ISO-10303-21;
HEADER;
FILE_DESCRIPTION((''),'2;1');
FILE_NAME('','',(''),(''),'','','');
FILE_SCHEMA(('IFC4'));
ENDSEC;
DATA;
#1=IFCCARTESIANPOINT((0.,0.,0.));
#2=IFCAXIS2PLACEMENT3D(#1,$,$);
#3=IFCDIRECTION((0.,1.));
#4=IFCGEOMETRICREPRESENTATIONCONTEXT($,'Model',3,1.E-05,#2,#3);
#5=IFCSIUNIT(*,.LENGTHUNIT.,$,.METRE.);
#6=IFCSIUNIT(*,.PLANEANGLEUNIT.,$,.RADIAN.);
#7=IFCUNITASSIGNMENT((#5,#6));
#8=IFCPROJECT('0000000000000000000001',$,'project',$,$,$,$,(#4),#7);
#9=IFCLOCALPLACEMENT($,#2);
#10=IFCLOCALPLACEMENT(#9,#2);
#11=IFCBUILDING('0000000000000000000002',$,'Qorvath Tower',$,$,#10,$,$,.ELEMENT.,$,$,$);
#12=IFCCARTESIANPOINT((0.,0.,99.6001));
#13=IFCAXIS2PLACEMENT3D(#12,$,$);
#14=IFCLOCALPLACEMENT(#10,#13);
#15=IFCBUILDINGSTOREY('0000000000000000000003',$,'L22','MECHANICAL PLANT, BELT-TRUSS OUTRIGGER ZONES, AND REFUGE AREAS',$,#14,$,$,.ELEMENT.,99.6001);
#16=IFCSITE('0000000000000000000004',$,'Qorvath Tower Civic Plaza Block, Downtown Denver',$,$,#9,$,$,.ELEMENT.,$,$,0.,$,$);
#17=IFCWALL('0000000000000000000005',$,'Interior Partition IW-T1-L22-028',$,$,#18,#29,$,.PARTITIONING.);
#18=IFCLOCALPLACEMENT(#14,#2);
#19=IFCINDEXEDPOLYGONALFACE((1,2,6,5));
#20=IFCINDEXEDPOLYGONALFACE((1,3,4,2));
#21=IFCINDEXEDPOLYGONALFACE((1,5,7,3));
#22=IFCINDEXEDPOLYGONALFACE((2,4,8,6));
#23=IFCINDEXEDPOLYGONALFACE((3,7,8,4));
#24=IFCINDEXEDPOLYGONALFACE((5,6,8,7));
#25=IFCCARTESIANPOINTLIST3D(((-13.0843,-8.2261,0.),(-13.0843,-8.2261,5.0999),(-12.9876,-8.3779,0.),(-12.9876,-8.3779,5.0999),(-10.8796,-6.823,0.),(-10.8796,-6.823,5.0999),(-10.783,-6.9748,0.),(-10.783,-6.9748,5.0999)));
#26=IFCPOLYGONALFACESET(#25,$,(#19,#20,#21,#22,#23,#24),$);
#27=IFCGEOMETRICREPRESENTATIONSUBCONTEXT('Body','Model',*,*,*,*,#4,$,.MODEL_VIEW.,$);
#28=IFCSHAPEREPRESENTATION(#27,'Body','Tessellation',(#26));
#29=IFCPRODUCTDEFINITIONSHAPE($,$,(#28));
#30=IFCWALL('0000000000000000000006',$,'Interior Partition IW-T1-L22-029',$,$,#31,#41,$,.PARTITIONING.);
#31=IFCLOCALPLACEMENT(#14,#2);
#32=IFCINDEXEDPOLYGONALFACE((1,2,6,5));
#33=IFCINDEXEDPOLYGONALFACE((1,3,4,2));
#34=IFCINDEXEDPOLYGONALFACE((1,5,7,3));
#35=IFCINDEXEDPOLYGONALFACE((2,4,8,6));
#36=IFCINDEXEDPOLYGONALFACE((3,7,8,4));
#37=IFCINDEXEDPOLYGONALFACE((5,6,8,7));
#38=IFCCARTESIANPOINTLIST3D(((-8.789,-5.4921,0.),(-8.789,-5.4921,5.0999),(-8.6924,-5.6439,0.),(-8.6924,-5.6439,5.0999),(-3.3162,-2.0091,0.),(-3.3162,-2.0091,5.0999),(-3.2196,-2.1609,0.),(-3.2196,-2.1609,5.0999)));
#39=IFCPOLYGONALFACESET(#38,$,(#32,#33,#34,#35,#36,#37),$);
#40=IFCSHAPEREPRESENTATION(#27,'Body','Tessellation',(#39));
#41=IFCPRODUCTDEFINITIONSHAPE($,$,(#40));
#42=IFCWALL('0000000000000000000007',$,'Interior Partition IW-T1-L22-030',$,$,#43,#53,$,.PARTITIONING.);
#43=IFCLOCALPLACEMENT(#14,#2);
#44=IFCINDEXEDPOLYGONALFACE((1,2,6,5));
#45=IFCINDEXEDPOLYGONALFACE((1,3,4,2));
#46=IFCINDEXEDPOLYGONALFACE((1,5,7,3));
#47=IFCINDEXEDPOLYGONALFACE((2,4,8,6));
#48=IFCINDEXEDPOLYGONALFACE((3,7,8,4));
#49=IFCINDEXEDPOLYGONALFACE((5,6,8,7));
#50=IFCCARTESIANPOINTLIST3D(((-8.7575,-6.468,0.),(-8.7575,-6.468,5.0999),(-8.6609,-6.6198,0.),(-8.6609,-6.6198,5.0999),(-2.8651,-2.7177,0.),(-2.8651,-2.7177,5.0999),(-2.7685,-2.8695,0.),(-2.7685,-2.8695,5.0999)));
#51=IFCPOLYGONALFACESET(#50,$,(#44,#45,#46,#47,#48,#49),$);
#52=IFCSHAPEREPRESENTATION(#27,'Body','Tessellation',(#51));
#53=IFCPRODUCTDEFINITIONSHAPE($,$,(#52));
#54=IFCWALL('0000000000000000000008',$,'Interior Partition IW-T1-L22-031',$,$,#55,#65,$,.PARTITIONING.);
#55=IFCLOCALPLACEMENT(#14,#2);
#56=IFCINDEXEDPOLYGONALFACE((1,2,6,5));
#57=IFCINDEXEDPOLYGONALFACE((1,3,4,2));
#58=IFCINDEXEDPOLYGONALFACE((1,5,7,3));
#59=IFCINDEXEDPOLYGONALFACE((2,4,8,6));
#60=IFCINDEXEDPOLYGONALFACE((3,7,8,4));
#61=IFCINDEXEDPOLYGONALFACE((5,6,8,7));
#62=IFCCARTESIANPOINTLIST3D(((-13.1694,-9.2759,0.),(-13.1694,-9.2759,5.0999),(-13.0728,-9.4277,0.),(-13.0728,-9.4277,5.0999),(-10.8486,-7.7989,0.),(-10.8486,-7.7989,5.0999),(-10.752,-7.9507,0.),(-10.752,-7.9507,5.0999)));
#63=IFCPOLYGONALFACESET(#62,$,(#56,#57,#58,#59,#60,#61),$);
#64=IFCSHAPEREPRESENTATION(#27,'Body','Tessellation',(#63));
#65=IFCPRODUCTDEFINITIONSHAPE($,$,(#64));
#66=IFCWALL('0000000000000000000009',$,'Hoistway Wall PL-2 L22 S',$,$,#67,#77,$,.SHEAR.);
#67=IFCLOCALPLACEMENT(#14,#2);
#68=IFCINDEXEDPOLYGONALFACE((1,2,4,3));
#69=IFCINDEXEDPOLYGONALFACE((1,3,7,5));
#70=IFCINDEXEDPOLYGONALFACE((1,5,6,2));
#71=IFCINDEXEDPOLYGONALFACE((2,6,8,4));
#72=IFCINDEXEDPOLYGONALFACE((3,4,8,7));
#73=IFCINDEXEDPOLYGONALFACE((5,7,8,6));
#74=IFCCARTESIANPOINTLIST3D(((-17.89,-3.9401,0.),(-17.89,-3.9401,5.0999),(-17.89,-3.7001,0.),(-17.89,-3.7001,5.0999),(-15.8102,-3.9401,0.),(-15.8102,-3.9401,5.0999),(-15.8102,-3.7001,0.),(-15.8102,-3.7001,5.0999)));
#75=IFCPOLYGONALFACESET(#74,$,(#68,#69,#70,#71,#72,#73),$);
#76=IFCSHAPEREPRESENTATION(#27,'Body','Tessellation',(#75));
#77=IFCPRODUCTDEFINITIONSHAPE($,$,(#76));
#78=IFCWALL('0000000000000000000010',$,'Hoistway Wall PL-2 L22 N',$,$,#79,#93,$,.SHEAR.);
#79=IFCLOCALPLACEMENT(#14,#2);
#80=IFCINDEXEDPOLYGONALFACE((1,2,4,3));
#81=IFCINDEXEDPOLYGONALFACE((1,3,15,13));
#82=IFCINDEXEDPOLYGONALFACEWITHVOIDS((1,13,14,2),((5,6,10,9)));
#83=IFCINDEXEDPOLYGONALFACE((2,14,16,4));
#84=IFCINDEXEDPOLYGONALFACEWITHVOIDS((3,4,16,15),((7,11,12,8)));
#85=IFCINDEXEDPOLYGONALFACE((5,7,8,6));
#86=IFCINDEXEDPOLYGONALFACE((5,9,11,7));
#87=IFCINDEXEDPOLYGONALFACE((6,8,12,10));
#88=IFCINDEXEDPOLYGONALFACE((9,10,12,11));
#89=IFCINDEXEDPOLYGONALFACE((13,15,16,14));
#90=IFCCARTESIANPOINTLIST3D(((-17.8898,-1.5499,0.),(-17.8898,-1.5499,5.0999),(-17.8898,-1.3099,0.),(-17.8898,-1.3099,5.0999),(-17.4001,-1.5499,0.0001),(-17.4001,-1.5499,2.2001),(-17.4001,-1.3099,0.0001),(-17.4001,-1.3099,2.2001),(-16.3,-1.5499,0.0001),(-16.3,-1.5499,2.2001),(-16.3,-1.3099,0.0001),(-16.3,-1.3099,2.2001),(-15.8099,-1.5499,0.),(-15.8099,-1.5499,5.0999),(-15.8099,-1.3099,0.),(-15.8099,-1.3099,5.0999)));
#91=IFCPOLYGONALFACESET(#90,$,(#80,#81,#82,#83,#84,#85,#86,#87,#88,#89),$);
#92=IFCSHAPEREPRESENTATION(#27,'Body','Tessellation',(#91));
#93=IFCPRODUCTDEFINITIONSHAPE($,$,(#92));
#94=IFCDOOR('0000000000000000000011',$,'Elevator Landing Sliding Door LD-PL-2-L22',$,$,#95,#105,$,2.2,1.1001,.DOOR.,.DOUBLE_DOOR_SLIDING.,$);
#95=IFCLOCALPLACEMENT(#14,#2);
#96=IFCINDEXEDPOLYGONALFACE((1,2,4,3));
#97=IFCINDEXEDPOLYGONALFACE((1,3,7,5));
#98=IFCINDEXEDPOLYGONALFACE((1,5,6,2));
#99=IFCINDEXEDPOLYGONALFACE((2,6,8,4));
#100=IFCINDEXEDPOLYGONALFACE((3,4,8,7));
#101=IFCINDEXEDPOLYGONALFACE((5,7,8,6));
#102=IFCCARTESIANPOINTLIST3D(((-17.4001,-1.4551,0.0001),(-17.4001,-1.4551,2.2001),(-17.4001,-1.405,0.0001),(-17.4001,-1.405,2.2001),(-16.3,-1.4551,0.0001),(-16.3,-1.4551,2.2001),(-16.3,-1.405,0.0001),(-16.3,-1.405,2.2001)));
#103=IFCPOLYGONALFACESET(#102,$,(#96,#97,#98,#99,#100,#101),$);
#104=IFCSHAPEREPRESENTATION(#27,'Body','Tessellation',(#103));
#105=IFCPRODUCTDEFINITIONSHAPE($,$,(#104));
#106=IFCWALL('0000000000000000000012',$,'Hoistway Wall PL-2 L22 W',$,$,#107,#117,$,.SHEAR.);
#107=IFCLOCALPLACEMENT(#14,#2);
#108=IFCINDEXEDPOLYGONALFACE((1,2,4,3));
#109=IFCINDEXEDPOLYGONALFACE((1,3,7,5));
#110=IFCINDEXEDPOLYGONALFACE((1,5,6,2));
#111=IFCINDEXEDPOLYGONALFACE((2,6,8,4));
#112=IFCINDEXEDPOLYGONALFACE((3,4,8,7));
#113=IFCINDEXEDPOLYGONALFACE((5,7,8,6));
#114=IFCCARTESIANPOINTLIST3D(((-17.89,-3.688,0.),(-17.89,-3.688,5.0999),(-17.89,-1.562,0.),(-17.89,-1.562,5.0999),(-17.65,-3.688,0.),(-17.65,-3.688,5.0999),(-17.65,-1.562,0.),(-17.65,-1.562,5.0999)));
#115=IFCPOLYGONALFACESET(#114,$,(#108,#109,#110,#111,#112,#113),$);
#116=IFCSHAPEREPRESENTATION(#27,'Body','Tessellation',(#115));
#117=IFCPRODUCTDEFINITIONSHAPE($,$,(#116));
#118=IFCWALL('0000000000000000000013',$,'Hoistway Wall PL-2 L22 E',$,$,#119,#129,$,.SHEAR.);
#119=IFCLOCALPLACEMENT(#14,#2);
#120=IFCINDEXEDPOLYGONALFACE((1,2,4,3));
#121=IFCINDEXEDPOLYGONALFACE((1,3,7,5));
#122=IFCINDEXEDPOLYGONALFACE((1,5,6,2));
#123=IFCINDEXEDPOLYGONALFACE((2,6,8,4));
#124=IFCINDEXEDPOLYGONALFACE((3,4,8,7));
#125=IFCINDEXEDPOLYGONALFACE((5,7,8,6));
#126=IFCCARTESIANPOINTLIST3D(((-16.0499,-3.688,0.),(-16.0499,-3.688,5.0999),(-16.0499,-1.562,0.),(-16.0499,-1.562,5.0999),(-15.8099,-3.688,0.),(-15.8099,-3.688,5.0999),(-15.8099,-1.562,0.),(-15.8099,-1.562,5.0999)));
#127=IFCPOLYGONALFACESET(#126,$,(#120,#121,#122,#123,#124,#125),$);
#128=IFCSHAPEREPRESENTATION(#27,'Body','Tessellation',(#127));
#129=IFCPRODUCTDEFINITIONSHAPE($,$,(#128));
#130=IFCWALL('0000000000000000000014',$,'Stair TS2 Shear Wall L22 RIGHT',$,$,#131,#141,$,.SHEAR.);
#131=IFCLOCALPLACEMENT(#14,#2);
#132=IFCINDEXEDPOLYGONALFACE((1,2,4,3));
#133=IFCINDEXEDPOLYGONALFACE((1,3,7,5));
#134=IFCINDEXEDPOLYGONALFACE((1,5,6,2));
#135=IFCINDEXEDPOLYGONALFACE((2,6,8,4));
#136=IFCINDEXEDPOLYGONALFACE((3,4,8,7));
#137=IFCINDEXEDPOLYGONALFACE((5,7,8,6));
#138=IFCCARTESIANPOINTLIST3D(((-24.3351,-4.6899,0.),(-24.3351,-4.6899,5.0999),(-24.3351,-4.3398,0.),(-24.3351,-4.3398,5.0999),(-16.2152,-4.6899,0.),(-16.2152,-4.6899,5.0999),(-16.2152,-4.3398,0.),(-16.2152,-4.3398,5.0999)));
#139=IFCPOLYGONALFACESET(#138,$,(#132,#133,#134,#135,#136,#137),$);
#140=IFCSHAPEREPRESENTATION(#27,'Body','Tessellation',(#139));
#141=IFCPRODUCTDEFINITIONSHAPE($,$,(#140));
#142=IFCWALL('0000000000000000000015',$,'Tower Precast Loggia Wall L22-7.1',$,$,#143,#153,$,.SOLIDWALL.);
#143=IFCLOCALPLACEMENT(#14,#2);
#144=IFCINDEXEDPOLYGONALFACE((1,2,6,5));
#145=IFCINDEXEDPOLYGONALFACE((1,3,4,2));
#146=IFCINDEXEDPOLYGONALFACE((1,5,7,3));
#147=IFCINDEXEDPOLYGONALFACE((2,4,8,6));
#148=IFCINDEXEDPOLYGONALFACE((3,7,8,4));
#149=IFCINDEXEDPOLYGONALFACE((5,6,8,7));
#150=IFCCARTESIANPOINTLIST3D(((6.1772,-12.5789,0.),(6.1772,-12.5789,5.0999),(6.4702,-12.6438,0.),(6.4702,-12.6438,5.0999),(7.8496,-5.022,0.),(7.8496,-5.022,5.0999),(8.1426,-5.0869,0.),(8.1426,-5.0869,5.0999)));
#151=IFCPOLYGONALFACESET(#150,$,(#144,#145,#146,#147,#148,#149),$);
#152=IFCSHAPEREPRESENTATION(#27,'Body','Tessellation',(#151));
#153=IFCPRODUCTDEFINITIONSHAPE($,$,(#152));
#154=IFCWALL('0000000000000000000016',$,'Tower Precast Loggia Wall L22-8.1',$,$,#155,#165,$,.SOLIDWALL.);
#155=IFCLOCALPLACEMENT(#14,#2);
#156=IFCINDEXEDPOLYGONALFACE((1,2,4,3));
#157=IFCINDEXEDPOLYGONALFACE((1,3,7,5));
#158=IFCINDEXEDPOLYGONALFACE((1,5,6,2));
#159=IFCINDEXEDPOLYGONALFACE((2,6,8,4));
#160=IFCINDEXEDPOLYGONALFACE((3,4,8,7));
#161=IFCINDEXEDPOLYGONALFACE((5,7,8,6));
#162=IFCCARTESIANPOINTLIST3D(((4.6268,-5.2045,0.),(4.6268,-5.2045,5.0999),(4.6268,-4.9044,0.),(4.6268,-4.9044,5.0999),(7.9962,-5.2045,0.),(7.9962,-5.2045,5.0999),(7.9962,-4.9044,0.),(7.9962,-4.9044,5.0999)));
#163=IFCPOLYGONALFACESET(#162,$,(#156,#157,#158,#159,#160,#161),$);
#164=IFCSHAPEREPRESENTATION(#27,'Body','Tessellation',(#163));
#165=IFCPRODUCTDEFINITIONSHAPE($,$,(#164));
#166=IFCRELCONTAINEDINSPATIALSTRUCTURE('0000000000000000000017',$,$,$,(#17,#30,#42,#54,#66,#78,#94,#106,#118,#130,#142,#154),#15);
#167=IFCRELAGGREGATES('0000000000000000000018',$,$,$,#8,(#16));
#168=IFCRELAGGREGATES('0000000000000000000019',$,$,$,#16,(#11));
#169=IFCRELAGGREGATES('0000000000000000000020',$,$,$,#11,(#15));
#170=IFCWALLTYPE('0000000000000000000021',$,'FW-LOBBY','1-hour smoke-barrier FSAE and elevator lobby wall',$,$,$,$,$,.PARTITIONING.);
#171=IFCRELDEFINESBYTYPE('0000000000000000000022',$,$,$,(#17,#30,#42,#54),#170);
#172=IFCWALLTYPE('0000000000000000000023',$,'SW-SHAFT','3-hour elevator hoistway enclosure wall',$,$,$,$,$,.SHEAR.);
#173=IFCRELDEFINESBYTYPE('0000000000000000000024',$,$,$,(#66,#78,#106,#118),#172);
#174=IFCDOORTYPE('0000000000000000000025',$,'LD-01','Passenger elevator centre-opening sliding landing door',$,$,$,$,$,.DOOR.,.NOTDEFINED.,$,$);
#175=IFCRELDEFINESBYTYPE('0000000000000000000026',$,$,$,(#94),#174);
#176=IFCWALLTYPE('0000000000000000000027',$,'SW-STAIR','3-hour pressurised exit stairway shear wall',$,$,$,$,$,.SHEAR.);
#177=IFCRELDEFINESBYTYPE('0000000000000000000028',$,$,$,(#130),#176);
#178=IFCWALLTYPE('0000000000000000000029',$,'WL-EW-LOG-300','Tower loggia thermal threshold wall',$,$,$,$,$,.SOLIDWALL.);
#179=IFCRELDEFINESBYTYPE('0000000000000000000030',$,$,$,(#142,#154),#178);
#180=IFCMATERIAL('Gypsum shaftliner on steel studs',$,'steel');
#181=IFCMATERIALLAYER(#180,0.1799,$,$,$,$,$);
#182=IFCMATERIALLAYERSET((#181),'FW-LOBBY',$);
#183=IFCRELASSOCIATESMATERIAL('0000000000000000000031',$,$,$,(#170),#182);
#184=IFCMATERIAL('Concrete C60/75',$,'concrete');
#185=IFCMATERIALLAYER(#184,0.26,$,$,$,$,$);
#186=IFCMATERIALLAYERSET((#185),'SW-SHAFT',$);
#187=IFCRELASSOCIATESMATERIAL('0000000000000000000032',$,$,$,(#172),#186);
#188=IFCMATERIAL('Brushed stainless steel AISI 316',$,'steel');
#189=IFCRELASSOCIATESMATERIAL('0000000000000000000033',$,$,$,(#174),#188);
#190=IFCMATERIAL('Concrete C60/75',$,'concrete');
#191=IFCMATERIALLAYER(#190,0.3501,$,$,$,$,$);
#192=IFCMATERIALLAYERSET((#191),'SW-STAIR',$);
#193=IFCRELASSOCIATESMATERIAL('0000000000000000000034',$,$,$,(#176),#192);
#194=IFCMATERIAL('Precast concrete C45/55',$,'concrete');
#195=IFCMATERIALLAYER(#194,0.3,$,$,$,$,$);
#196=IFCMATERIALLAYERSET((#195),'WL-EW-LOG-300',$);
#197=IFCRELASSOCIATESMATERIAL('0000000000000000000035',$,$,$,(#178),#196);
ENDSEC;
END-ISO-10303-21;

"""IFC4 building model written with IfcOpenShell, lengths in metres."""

from ifc_helpers import new_model, si_unit, direction, frame, frame_2d, origin, place, context, subcontext, project, spatial, rectangle, extrude, material, layer, layer_set, type_object, element, fill, save


model = new_model("IFC4")

# Units and contexts
model_context = context("Model", 3, precision=1e-05, world=origin(), true_north=direction((0.0, 1.0)))
body_context = subcontext(model_context, "Body", "Model", "MODEL_VIEW")
ifc_project = project(units=[si_unit("LENGTHUNIT", "METRE"), si_unit("PLANEANGLEUNIT", "RADIAN")], contexts=[model_context])

# Site, building, storey
site_placement = place(None, origin())
site = spatial("IfcSite", under=ifc_project, at=site_placement, Name="Qorvath Tower Civic Plaza Block, Downtown Denver", CompositionType="ELEMENT", RefElevation=0.0)
building_placement = place(site_placement, origin())
building = spatial("IfcBuilding", under=site, at=building_placement, Name="Qorvath Tower", CompositionType="ELEMENT")
storey_placement = place(building_placement, frame((0.0, 0.0, 99.6001)))
storey = spatial("IfcBuildingStorey", under=building, at=storey_placement, Name="L22", Description="MECHANICAL PLANT, BELT-TRUSS OUTRIGGER ZONES, AND REFUGE AREAS", CompositionType="ELEMENT", Elevation=99.6001)

# Shared definitions
ifc_material_1 = material(Name="Gypsum shaftliner on steel studs", Category="steel")
ifc_layer_1 = layer(ifc_material_1, 0.1799)
ifc_layer_set_1 = layer_set([ifc_layer_1], Name="FW-LOBBY")
wall_type_1 = type_object("IfcWallType", Name="FW-LOBBY", Description="1-hour smoke-barrier FSAE and elevator lobby wall", PredefinedType="PARTITIONING", material=ifc_layer_set_1)

# Walls
wall_1_placement = place(storey_placement, frame((-10.8313, -6.8989, 0.0), z_axis=(0.0, 0.0, 1.0), x_axis=(-0.843635, -0.536918, 0.0)))
element("IfcWall", 1, at=wall_1_placement, inside=storey, type_object=wall_type_1, Name="Interior Partition IW-T1-L22-028", PredefinedType="PARTITIONING", context=body_context, shape_type="SweptSolid", body=[
    extrude(rectangle(XDim=2.6133, YDim=0.1799, at=frame_2d((1.3066, 0.0))), origin(), (0.0, 0.0, 1.0), 5.0999),
])
wall_2_placement = place(storey_placement, frame((-3.2678, -2.085, 0.0), z_axis=(0.0, 0.0, 1.0), x_axis=(-0.84364, -0.53691, 0.0)))
element("IfcWall", 2, at=wall_2_placement, inside=storey, type_object=wall_type_1, Name="Interior Partition IW-T1-L22-029", PredefinedType="PARTITIONING", context=body_context, shape_type="SweptSolid", body=[
    extrude(rectangle(XDim=6.4871, YDim=0.1799, at=frame_2d((3.2437, 0.0))), origin(), (0.0, 0.0, 1.0), 5.0999),
])
wall_3_placement = place(storey_placement, frame((-2.8169, -2.7937, 0.0), z_axis=(0.0, 0.0, 1.0), x_axis=(-0.843624, -0.536934, 0.0)))
element("IfcWall", 3, at=wall_3_placement, inside=storey, type_object=wall_type_1, Name="Interior Partition IW-T1-L22-030", PredefinedType="PARTITIONING", context=body_context, shape_type="SweptSolid", body=[
    extrude(rectangle(XDim=6.9846, YDim=0.1799, at=frame_2d((3.4922, 0.0))), origin(), (0.0, 0.0, 1.0), 5.0999),
])
wall_4_placement = place(storey_placement, frame((-10.8003, -7.8748, 0.0), z_axis=(0.0, 0.0, 1.0), x_axis=(-0.843632, -0.536921, 0.0)))
element("IfcWall", 4, at=wall_4_placement, inside=storey, type_object=wall_type_1, Name="Interior Partition IW-T1-L22-031", PredefinedType="PARTITIONING", context=body_context, shape_type="SweptSolid", body=[
    extrude(rectangle(XDim=2.751, YDim=0.1799, at=frame_2d((1.3755, 0.0))), origin(), (0.0, 0.0, 1.0), 5.0999),
])
ifc_material_2 = material(Name="Concrete C60/75", Category="concrete")
ifc_layer_2 = layer(ifc_material_2, 0.26)
ifc_layer_set_2 = layer_set([ifc_layer_2], Name="SW-SHAFT")
wall_type_2 = type_object("IfcWallType", Name="SW-SHAFT", Description="3-hour elevator hoistway enclosure wall", PredefinedType="SHEAR", material=ifc_layer_set_2)
wall_5_placement = place(storey_placement, frame((-15.8101, -3.8201, 0.0), z_axis=(0.0, 0.0, 1.0), x_axis=(-1.0, 0.0, 0.0)))
element("IfcWall", 5, at=wall_5_placement, inside=storey, type_object=wall_type_2, Name="Hoistway Wall PL-2 L22 S", PredefinedType="SHEAR", context=body_context, shape_type="SweptSolid", body=[
    extrude(rectangle(XDim=2.0798, YDim=0.24, at=frame_2d((1.04, 0.0))), origin(), (0.0, 0.0, 1.0), 5.0999),
])

# Wall, opening, door
wall_6_placement = place(storey_placement, frame((-17.8899, -1.4299, 0.0), z_axis=(0.0, 0.0, 1.0), x_axis=(1.0, 0.0, 0.0)))
wall_6 = element("IfcWall", 6, at=wall_6_placement, inside=storey, type_object=wall_type_2, Name="Hoistway Wall PL-2 L22 N", PredefinedType="SHEAR", context=body_context, shape_type="SweptSolid", body=[
    extrude(rectangle(XDim=2.0798, YDim=0.24, at=frame_2d((1.04, 0.0))), origin(), (0.0, 0.0, 1.0), 5.0999),
])
opening_1_placement = place(wall_6_placement, frame((0.4897, 0.0, 0.0)))
opening_1 = element("IfcOpeningElement", 7, at=opening_1_placement, cuts=wall_6, PredefinedType="OPENING", context=body_context, shape_type="SweptSolid", body=[
    extrude(rectangle(XDim=1.1001, YDim=2.2, at=frame_2d((0.55, 1.1001))), frame((0.0, 0.1299, 0.0), z_axis=(0.0, -1.0, 0.0), x_axis=(1.0, 0.0, 0.0)), (0.0, 0.0, 1.0), 0.26),
])
ifc_material_3 = material(Name="Brushed stainless steel AISI 316", Category="steel")
door_type_1 = type_object("IfcDoorType", Name="LD-01", Description="Passenger elevator centre-opening sliding landing door", OperationType="NOTDEFINED", PredefinedType="DOOR", material=ifc_material_3)
door_1_placement = place(opening_1_placement, origin())
door_1 = element("IfcDoor", 8, at=door_1_placement, inside=storey, type_object=door_type_1, Name="Elevator Landing Sliding Door LD-PL-2-L22", OperationType="DOUBLE_DOOR_SLIDING", OverallHeight=2.2, OverallWidth=1.1001, PredefinedType="DOOR", context=body_context, shape_type="SweptSolid", body=[
    extrude(rectangle(XDim=1.1001, YDim=2.2, at=frame_2d((0.55, 1.1001))), frame((0.0, 0.0249, 0.0), z_axis=(0.0, -1.0, 0.0), x_axis=(1.0, 0.0, 0.0)), (0.0, 0.0, 1.0), 0.05),
])
fill(opening_1, door_1)

# Walls
for number, where, z_axis, x_axis, name in (
    (9, (-17.77, -3.688, 0.0), (0.0, 0.0, 1.0), (0.0, 1.0, 0.0), "Hoistway Wall PL-2 L22 W"),
    (10, (-15.9299, -1.562, 0.0), (0.0, 0.0, 1.0), (0.0, -1.0, 0.0), "Hoistway Wall PL-2 L22 E"),
):
    element("IfcWall", number, at=place(storey_placement, frame(where, z_axis=z_axis, x_axis=x_axis)), inside=storey, type_object=wall_type_2, Name=name, PredefinedType="SHEAR", context=body_context, shape_type="SweptSolid", body=[
        extrude(rectangle(XDim=2.126, YDim=0.24, at=frame_2d((1.063, 0.0))), origin(), (0.0, 0.0, 1.0), 5.0999),
    ])
ifc_material_4 = material(Name="Concrete C60/75", Category="concrete")
ifc_layer_3 = layer(ifc_material_4, 0.3501)
ifc_layer_set_3 = layer_set([ifc_layer_3], Name="SW-STAIR")
wall_type_3 = type_object("IfcWallType", Name="SW-STAIR", Description="3-hour pressurised exit stairway shear wall", PredefinedType="SHEAR", material=ifc_layer_set_3)
wall_7_placement = place(storey_placement, frame((-16.2151, -4.5149, 0.0), z_axis=(0.0, 0.0, 1.0), x_axis=(-1.0, 0.0, 0.0)))
element("IfcWall", 11, at=wall_7_placement, inside=storey, type_object=wall_type_3, Name="Stair TS2 Shear Wall L22 RIGHT", PredefinedType="SHEAR", context=body_context, shape_type="SweptSolid", body=[
    extrude(rectangle(XDim=8.1199, YDim=0.3501, at=frame_2d((4.0601, 0.0))), origin(), (0.0, 0.0, 1.0), 5.0999),
])
ifc_material_5 = material(Name="Precast concrete C45/55", Category="concrete")
ifc_layer_4 = layer(ifc_material_5, 0.3)
ifc_layer_set_4 = layer_set([ifc_layer_4], Name="WL-EW-LOG-300")
wall_type_4 = type_object("IfcWallType", Name="WL-EW-LOG-300", Description="Tower loggia thermal threshold wall", PredefinedType="SOLIDWALL", material=ifc_layer_set_4)
wall_8_placement = place(storey_placement, frame((7.9961, -5.0544, 0.0), z_axis=(0.0, 0.0, 1.0), x_axis=(-0.216075, -0.976377, 0.0)))
element("IfcWall", 12, at=wall_8_placement, inside=storey, type_object=wall_type_4, Name="Tower Precast Loggia Wall L22-7.1", PredefinedType="SOLIDWALL", context=body_context, shape_type="SweptSolid", body=[
    extrude(rectangle(XDim=7.7397, YDim=0.3, at=frame_2d((3.8699, 0.0))), origin(), (0.0, 0.0, 1.0), 5.0999),
])
wall_9_placement = place(storey_placement, frame((7.9961, -5.0544, 0.0), z_axis=(0.0, 0.0, 1.0), x_axis=(-1.0, 0.0, 0.0)))
element("IfcWall", 13, at=wall_9_placement, inside=storey, type_object=wall_type_4, Name="Tower Precast Loggia Wall L22-8.1", PredefinedType="SOLIDWALL", context=body_context, shape_type="SweptSolid", body=[
    extrude(rectangle(XDim=3.3694, YDim=0.3, at=frame_2d((1.6846, 0.0))), origin(), (0.0, 0.0, 1.0), 5.0999),
])

save(model, "model.ifc")
